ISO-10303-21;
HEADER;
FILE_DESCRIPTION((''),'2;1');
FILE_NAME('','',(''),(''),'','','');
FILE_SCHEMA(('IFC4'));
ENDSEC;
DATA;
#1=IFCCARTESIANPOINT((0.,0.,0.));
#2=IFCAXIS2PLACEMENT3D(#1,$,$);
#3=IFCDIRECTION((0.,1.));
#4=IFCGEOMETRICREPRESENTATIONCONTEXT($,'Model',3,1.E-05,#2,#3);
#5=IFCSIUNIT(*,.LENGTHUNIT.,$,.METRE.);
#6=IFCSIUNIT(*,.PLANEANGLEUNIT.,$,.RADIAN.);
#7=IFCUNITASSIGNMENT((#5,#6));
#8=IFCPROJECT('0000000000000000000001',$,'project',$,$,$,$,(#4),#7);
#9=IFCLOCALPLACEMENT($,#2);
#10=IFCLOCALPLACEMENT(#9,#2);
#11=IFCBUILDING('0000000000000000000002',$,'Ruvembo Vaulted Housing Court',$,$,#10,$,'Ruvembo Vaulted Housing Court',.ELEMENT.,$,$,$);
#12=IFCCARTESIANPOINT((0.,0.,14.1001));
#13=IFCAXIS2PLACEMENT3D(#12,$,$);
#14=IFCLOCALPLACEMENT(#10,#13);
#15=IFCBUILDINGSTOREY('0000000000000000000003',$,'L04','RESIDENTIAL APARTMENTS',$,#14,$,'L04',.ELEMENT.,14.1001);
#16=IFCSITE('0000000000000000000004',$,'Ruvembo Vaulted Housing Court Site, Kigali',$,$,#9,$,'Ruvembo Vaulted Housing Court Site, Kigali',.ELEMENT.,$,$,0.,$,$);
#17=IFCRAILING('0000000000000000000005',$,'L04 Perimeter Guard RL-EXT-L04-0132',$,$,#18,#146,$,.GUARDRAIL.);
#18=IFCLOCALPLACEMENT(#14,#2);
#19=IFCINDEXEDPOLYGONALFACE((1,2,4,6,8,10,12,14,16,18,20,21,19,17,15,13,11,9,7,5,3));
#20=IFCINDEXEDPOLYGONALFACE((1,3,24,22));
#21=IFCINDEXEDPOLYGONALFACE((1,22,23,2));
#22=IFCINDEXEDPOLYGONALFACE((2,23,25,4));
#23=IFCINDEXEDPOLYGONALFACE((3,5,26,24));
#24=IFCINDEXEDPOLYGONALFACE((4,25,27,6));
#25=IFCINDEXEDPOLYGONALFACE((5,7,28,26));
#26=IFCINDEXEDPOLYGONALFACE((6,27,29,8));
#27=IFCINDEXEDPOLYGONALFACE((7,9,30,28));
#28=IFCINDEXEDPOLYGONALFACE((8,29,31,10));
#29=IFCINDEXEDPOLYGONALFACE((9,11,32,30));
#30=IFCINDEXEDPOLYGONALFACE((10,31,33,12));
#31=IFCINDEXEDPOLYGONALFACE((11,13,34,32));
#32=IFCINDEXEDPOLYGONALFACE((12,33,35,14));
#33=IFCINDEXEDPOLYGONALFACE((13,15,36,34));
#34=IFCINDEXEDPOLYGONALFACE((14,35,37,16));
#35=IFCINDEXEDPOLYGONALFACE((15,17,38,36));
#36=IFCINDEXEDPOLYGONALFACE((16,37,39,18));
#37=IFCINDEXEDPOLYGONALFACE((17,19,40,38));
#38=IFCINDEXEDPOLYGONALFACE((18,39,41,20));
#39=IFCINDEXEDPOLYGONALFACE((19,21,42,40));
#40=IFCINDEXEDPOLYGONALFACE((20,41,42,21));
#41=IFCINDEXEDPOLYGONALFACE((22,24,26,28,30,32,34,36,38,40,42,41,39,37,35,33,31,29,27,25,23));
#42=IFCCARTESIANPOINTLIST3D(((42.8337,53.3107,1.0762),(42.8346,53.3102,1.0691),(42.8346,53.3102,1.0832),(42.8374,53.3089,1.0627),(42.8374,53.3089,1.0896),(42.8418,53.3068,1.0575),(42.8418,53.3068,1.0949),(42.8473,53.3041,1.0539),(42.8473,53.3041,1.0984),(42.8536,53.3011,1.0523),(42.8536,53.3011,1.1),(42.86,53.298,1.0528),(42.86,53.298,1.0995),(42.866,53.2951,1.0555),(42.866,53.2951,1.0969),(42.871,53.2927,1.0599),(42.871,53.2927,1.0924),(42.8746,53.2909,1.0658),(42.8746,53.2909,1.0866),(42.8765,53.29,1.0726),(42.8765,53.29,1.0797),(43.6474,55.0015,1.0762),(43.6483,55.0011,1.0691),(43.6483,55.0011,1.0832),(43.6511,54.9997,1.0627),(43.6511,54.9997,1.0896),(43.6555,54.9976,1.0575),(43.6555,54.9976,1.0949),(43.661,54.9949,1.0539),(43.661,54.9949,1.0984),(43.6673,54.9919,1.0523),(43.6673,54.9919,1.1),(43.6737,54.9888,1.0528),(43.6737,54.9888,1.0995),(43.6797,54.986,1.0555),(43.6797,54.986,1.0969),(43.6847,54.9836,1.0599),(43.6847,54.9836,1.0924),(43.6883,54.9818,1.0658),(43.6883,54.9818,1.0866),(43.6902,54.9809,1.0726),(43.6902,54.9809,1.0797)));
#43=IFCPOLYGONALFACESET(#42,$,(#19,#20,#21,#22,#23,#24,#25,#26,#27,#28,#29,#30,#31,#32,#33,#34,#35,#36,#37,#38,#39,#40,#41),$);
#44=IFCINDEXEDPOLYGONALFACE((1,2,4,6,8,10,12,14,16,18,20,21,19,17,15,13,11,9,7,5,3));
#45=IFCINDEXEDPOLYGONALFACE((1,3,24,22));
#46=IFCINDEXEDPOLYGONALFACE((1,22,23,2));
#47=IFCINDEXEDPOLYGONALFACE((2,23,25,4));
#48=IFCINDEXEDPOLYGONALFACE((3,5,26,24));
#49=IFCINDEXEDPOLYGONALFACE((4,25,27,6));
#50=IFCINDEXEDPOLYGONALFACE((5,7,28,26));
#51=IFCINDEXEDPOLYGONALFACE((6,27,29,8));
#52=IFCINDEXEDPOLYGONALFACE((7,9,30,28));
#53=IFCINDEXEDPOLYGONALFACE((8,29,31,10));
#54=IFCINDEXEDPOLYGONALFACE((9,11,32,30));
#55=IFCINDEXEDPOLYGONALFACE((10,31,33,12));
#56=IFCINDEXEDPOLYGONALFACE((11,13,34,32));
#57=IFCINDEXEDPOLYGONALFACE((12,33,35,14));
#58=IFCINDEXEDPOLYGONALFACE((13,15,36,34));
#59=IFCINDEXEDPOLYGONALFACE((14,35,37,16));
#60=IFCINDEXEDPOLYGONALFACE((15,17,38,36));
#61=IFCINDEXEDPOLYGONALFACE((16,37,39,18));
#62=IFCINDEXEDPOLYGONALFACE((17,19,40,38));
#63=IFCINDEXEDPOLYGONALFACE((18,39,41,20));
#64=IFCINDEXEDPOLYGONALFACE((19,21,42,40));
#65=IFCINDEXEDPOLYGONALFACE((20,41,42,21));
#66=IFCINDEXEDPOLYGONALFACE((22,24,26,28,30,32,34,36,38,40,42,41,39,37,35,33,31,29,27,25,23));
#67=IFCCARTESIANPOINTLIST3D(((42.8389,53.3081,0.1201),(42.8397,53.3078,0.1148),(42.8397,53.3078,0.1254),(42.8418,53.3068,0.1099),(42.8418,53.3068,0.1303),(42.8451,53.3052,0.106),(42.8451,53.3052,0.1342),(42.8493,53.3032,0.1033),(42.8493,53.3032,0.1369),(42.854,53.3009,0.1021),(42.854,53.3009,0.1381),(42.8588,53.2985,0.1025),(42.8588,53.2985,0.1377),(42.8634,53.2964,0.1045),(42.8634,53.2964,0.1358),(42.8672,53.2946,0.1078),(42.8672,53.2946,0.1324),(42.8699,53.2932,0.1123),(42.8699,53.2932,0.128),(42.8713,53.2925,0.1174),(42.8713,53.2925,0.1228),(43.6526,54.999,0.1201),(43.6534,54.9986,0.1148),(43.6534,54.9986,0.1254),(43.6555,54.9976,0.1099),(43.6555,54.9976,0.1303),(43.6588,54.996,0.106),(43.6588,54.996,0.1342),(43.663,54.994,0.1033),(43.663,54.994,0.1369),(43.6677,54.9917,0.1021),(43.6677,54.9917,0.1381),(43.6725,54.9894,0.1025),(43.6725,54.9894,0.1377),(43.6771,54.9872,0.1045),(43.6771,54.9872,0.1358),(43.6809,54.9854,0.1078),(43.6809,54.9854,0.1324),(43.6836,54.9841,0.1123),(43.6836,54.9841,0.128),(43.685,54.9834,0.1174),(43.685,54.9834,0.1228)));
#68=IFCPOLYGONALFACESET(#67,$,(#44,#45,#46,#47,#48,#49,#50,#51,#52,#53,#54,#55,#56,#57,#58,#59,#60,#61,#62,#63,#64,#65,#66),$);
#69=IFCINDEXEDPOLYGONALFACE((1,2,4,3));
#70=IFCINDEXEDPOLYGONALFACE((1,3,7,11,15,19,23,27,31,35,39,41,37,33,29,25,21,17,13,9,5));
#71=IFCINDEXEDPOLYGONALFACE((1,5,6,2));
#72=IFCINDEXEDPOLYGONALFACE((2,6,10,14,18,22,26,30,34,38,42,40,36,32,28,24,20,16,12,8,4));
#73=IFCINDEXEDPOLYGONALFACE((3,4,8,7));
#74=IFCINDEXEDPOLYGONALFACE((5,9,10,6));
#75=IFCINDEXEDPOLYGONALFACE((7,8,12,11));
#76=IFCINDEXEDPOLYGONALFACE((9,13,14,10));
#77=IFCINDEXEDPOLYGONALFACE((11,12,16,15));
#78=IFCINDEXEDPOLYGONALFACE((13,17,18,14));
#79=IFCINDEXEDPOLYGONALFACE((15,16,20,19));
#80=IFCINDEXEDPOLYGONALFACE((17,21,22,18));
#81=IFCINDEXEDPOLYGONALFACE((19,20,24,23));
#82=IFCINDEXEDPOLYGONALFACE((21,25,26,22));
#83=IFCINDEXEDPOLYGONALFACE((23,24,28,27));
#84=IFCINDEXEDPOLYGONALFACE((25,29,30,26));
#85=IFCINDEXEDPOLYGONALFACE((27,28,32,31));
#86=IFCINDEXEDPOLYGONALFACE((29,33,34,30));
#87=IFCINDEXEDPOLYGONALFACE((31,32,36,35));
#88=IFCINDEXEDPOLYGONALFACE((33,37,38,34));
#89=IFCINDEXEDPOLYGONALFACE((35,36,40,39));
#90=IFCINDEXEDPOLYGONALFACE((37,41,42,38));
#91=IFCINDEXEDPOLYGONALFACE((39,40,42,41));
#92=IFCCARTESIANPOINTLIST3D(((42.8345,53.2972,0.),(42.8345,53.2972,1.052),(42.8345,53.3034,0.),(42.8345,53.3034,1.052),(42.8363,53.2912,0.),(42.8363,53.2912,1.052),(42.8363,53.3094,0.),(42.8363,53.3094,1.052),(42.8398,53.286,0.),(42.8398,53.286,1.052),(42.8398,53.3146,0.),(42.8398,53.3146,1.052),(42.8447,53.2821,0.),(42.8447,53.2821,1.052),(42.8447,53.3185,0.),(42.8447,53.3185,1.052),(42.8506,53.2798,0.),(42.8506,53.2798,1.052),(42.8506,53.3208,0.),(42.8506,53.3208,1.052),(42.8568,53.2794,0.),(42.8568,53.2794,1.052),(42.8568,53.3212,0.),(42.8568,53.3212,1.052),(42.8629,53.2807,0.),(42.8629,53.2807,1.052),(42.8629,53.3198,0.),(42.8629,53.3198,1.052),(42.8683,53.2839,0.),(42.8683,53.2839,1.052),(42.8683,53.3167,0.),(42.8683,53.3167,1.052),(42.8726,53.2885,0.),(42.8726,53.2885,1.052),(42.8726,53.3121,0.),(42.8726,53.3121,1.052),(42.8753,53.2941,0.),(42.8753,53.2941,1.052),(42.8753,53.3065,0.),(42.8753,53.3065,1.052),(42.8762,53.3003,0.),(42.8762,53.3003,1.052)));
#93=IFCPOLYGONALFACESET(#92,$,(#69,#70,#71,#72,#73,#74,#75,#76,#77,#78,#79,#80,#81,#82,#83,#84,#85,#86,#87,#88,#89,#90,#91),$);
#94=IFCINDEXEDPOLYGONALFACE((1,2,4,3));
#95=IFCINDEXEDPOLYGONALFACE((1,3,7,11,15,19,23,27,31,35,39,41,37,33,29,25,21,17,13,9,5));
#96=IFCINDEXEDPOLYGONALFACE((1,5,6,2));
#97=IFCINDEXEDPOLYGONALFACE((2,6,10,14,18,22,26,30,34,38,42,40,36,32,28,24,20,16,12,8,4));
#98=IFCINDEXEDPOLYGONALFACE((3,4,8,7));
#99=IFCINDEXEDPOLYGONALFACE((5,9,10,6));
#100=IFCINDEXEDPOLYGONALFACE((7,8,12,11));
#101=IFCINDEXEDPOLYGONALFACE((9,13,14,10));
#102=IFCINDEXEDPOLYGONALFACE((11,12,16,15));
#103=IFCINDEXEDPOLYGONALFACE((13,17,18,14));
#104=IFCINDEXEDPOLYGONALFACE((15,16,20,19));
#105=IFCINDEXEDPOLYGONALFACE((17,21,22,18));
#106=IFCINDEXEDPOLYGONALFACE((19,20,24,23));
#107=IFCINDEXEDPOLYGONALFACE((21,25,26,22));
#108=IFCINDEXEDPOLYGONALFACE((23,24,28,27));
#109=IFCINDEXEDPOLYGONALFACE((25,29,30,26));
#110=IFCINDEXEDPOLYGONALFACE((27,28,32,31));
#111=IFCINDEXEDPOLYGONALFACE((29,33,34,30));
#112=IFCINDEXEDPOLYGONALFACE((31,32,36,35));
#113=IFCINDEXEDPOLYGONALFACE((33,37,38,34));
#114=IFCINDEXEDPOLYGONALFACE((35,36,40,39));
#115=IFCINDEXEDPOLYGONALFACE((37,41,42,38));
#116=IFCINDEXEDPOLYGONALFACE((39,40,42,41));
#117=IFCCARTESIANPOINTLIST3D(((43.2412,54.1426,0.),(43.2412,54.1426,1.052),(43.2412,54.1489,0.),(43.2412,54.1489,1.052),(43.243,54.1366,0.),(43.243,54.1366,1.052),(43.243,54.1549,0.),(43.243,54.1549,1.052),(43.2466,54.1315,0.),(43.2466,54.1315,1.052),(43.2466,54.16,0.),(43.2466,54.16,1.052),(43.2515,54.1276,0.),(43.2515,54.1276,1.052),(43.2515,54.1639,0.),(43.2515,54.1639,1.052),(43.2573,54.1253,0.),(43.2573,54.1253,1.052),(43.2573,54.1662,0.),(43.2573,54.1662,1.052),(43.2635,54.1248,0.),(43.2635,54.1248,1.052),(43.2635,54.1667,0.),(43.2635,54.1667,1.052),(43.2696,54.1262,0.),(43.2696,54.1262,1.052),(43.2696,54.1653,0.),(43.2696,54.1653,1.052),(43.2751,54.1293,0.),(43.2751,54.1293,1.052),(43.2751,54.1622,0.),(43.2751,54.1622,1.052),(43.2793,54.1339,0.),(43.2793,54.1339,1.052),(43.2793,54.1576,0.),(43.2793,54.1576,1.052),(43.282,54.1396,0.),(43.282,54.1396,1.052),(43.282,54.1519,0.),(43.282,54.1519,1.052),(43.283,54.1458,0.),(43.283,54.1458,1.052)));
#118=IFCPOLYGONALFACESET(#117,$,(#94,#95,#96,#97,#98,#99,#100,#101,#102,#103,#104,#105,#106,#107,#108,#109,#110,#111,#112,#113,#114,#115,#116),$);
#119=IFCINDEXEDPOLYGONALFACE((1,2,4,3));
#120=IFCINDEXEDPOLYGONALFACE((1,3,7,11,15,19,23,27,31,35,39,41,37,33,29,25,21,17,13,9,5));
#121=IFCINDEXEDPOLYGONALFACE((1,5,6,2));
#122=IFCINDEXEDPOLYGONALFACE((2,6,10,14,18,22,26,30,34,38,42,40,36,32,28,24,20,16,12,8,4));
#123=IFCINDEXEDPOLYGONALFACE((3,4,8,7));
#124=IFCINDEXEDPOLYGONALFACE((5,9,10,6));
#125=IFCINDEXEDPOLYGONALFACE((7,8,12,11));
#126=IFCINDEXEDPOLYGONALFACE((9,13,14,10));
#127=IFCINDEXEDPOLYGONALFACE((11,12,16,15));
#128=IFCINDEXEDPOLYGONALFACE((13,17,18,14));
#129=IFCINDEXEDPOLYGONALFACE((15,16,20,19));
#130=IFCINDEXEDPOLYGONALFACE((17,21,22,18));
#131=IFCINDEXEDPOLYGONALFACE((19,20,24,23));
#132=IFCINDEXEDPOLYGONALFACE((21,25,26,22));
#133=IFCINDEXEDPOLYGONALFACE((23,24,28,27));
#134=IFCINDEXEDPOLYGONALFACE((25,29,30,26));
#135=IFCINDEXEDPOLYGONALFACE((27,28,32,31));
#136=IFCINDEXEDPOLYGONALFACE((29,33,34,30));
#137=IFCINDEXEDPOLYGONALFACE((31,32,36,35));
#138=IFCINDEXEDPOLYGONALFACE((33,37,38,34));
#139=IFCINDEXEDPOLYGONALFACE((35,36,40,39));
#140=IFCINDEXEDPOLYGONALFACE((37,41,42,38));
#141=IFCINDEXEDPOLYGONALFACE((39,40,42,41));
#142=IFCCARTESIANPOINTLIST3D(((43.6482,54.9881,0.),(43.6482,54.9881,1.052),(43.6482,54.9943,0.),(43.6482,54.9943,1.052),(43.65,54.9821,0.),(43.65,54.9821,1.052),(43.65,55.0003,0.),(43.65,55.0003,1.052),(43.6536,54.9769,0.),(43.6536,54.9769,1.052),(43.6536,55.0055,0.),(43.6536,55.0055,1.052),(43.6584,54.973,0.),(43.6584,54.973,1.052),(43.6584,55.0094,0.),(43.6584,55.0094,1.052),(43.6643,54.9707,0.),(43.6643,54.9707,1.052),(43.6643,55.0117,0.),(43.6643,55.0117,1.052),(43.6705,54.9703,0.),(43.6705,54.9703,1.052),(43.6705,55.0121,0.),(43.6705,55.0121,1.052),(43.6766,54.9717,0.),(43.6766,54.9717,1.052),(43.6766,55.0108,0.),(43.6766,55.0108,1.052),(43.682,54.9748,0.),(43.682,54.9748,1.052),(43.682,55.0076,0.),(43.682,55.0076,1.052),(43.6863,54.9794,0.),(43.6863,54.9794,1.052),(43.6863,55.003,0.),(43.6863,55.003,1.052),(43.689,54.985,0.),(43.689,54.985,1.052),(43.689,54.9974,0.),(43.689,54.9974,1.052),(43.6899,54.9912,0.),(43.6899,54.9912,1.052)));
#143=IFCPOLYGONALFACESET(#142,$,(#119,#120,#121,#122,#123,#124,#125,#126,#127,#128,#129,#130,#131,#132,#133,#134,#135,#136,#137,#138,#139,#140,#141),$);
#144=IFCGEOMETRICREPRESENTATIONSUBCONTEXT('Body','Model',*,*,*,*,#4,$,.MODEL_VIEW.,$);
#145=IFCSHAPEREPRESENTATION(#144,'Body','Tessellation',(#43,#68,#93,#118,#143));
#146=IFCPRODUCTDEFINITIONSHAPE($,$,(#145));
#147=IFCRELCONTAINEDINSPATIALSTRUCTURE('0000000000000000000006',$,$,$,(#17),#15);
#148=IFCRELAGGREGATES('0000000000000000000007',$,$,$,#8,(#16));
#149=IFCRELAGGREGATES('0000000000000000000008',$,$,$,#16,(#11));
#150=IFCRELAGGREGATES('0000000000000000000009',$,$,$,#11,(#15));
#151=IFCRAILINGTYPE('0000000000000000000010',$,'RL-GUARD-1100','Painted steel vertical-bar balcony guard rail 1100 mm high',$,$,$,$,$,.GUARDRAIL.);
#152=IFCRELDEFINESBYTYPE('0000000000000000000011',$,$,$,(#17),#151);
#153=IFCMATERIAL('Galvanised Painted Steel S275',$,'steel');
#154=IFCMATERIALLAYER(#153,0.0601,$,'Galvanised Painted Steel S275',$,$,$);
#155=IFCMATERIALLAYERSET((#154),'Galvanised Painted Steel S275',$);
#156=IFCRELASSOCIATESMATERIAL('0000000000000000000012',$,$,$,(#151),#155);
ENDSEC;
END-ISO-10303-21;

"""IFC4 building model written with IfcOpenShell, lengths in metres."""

from ifc_helpers import new_model, si_unit, direction, frame, origin, origin_2d, place, context, subcontext, project, spatial, circle, extrude, material, layer, layer_set, type_object, element, save


model = new_model("IFC4")

# Units and contexts
model_context = context("Model", 3, precision=1e-05, world=origin(), true_north=direction((0.0, 1.0)))
body_context = subcontext(model_context, "Body", "Model", "MODEL_VIEW")
ifc_project = project(units=[si_unit("LENGTHUNIT", "METRE"), si_unit("PLANEANGLEUNIT", "RADIAN")], contexts=[model_context])

# Site, building, storey
site_placement = place(None, origin())
site = spatial("IfcSite", under=ifc_project, at=site_placement, Name="Ruvembo Vaulted Housing Court Site, Kigali", LongName="Ruvembo Vaulted Housing Court Site, Kigali", CompositionType="ELEMENT", RefElevation=0.0)
building_placement = place(site_placement, origin())
building = spatial("IfcBuilding", under=site, at=building_placement, Name="Ruvembo Vaulted Housing Court", LongName="Ruvembo Vaulted Housing Court", CompositionType="ELEMENT")
storey_placement = place(building_placement, frame((0.0, 0.0, 14.1001)))
storey = spatial("IfcBuildingStorey", under=building, at=storey_placement, Name="L04", Description="RESIDENTIAL APARTMENTS", LongName="L04", CompositionType="ELEMENT", Elevation=14.1001)

# Railing
ifc_material_1 = material(Name="Galvanised Painted Steel S275", Category="steel")
ifc_layer_1 = layer(ifc_material_1, 0.0601, Name="Galvanised Painted Steel S275")
ifc_layer_set_1 = layer_set([ifc_layer_1], Name="Galvanised Painted Steel S275")
railing_type = type_object("IfcRailingType", Name="RL-GUARD-1100", Description="Painted steel vertical-bar balcony guard rail 1100 mm high", PredefinedType="GUARDRAIL", material=ifc_layer_set_1)
railing_1_placement = place(storey_placement, frame((42.8552, 53.3003, 0.0)))
element("IfcRailing", 1, at=railing_1_placement, inside=storey, type_object=railing_type, Name="L04 Perimeter Guard RL-EXT-L04-0132", PredefinedType="GUARDRAIL", context=body_context, shape_type="SweptSolid", body=[
    extrude(circle(Radius=0.0239, at=origin_2d()), frame((0.0, 0.0, 1.0762), z_axis=(0.433632, 0.90109, 0.0), x_axis=(-0.90109, 0.433632, 0.0)), (0.0, 0.0, 1.0), 1.8765),
    extrude(circle(Radius=0.0181, at=origin_2d()), frame((0.0, 0.0, 0.1201), z_axis=(0.433632, 0.90109, 0.0), x_axis=(-0.90109, 0.433632, 0.0)), (0.0, 0.0, 1.0), 1.8765),
    extrude(circle(Radius=0.021, at=origin_2d()), origin(), (0.0, 0.0, 1.0), 1.052),
    extrude(circle(Radius=0.021, at=origin_2d()), frame((0.4067, 0.8455, 0.0)), (0.0, 0.0, 1.0), 1.052),
    extrude(circle(Radius=0.021, at=origin_2d()), frame((0.8137, 1.6909, 0.0)), (0.0, 0.0, 1.0), 1.052),
])

save(model, "model.ifc")
